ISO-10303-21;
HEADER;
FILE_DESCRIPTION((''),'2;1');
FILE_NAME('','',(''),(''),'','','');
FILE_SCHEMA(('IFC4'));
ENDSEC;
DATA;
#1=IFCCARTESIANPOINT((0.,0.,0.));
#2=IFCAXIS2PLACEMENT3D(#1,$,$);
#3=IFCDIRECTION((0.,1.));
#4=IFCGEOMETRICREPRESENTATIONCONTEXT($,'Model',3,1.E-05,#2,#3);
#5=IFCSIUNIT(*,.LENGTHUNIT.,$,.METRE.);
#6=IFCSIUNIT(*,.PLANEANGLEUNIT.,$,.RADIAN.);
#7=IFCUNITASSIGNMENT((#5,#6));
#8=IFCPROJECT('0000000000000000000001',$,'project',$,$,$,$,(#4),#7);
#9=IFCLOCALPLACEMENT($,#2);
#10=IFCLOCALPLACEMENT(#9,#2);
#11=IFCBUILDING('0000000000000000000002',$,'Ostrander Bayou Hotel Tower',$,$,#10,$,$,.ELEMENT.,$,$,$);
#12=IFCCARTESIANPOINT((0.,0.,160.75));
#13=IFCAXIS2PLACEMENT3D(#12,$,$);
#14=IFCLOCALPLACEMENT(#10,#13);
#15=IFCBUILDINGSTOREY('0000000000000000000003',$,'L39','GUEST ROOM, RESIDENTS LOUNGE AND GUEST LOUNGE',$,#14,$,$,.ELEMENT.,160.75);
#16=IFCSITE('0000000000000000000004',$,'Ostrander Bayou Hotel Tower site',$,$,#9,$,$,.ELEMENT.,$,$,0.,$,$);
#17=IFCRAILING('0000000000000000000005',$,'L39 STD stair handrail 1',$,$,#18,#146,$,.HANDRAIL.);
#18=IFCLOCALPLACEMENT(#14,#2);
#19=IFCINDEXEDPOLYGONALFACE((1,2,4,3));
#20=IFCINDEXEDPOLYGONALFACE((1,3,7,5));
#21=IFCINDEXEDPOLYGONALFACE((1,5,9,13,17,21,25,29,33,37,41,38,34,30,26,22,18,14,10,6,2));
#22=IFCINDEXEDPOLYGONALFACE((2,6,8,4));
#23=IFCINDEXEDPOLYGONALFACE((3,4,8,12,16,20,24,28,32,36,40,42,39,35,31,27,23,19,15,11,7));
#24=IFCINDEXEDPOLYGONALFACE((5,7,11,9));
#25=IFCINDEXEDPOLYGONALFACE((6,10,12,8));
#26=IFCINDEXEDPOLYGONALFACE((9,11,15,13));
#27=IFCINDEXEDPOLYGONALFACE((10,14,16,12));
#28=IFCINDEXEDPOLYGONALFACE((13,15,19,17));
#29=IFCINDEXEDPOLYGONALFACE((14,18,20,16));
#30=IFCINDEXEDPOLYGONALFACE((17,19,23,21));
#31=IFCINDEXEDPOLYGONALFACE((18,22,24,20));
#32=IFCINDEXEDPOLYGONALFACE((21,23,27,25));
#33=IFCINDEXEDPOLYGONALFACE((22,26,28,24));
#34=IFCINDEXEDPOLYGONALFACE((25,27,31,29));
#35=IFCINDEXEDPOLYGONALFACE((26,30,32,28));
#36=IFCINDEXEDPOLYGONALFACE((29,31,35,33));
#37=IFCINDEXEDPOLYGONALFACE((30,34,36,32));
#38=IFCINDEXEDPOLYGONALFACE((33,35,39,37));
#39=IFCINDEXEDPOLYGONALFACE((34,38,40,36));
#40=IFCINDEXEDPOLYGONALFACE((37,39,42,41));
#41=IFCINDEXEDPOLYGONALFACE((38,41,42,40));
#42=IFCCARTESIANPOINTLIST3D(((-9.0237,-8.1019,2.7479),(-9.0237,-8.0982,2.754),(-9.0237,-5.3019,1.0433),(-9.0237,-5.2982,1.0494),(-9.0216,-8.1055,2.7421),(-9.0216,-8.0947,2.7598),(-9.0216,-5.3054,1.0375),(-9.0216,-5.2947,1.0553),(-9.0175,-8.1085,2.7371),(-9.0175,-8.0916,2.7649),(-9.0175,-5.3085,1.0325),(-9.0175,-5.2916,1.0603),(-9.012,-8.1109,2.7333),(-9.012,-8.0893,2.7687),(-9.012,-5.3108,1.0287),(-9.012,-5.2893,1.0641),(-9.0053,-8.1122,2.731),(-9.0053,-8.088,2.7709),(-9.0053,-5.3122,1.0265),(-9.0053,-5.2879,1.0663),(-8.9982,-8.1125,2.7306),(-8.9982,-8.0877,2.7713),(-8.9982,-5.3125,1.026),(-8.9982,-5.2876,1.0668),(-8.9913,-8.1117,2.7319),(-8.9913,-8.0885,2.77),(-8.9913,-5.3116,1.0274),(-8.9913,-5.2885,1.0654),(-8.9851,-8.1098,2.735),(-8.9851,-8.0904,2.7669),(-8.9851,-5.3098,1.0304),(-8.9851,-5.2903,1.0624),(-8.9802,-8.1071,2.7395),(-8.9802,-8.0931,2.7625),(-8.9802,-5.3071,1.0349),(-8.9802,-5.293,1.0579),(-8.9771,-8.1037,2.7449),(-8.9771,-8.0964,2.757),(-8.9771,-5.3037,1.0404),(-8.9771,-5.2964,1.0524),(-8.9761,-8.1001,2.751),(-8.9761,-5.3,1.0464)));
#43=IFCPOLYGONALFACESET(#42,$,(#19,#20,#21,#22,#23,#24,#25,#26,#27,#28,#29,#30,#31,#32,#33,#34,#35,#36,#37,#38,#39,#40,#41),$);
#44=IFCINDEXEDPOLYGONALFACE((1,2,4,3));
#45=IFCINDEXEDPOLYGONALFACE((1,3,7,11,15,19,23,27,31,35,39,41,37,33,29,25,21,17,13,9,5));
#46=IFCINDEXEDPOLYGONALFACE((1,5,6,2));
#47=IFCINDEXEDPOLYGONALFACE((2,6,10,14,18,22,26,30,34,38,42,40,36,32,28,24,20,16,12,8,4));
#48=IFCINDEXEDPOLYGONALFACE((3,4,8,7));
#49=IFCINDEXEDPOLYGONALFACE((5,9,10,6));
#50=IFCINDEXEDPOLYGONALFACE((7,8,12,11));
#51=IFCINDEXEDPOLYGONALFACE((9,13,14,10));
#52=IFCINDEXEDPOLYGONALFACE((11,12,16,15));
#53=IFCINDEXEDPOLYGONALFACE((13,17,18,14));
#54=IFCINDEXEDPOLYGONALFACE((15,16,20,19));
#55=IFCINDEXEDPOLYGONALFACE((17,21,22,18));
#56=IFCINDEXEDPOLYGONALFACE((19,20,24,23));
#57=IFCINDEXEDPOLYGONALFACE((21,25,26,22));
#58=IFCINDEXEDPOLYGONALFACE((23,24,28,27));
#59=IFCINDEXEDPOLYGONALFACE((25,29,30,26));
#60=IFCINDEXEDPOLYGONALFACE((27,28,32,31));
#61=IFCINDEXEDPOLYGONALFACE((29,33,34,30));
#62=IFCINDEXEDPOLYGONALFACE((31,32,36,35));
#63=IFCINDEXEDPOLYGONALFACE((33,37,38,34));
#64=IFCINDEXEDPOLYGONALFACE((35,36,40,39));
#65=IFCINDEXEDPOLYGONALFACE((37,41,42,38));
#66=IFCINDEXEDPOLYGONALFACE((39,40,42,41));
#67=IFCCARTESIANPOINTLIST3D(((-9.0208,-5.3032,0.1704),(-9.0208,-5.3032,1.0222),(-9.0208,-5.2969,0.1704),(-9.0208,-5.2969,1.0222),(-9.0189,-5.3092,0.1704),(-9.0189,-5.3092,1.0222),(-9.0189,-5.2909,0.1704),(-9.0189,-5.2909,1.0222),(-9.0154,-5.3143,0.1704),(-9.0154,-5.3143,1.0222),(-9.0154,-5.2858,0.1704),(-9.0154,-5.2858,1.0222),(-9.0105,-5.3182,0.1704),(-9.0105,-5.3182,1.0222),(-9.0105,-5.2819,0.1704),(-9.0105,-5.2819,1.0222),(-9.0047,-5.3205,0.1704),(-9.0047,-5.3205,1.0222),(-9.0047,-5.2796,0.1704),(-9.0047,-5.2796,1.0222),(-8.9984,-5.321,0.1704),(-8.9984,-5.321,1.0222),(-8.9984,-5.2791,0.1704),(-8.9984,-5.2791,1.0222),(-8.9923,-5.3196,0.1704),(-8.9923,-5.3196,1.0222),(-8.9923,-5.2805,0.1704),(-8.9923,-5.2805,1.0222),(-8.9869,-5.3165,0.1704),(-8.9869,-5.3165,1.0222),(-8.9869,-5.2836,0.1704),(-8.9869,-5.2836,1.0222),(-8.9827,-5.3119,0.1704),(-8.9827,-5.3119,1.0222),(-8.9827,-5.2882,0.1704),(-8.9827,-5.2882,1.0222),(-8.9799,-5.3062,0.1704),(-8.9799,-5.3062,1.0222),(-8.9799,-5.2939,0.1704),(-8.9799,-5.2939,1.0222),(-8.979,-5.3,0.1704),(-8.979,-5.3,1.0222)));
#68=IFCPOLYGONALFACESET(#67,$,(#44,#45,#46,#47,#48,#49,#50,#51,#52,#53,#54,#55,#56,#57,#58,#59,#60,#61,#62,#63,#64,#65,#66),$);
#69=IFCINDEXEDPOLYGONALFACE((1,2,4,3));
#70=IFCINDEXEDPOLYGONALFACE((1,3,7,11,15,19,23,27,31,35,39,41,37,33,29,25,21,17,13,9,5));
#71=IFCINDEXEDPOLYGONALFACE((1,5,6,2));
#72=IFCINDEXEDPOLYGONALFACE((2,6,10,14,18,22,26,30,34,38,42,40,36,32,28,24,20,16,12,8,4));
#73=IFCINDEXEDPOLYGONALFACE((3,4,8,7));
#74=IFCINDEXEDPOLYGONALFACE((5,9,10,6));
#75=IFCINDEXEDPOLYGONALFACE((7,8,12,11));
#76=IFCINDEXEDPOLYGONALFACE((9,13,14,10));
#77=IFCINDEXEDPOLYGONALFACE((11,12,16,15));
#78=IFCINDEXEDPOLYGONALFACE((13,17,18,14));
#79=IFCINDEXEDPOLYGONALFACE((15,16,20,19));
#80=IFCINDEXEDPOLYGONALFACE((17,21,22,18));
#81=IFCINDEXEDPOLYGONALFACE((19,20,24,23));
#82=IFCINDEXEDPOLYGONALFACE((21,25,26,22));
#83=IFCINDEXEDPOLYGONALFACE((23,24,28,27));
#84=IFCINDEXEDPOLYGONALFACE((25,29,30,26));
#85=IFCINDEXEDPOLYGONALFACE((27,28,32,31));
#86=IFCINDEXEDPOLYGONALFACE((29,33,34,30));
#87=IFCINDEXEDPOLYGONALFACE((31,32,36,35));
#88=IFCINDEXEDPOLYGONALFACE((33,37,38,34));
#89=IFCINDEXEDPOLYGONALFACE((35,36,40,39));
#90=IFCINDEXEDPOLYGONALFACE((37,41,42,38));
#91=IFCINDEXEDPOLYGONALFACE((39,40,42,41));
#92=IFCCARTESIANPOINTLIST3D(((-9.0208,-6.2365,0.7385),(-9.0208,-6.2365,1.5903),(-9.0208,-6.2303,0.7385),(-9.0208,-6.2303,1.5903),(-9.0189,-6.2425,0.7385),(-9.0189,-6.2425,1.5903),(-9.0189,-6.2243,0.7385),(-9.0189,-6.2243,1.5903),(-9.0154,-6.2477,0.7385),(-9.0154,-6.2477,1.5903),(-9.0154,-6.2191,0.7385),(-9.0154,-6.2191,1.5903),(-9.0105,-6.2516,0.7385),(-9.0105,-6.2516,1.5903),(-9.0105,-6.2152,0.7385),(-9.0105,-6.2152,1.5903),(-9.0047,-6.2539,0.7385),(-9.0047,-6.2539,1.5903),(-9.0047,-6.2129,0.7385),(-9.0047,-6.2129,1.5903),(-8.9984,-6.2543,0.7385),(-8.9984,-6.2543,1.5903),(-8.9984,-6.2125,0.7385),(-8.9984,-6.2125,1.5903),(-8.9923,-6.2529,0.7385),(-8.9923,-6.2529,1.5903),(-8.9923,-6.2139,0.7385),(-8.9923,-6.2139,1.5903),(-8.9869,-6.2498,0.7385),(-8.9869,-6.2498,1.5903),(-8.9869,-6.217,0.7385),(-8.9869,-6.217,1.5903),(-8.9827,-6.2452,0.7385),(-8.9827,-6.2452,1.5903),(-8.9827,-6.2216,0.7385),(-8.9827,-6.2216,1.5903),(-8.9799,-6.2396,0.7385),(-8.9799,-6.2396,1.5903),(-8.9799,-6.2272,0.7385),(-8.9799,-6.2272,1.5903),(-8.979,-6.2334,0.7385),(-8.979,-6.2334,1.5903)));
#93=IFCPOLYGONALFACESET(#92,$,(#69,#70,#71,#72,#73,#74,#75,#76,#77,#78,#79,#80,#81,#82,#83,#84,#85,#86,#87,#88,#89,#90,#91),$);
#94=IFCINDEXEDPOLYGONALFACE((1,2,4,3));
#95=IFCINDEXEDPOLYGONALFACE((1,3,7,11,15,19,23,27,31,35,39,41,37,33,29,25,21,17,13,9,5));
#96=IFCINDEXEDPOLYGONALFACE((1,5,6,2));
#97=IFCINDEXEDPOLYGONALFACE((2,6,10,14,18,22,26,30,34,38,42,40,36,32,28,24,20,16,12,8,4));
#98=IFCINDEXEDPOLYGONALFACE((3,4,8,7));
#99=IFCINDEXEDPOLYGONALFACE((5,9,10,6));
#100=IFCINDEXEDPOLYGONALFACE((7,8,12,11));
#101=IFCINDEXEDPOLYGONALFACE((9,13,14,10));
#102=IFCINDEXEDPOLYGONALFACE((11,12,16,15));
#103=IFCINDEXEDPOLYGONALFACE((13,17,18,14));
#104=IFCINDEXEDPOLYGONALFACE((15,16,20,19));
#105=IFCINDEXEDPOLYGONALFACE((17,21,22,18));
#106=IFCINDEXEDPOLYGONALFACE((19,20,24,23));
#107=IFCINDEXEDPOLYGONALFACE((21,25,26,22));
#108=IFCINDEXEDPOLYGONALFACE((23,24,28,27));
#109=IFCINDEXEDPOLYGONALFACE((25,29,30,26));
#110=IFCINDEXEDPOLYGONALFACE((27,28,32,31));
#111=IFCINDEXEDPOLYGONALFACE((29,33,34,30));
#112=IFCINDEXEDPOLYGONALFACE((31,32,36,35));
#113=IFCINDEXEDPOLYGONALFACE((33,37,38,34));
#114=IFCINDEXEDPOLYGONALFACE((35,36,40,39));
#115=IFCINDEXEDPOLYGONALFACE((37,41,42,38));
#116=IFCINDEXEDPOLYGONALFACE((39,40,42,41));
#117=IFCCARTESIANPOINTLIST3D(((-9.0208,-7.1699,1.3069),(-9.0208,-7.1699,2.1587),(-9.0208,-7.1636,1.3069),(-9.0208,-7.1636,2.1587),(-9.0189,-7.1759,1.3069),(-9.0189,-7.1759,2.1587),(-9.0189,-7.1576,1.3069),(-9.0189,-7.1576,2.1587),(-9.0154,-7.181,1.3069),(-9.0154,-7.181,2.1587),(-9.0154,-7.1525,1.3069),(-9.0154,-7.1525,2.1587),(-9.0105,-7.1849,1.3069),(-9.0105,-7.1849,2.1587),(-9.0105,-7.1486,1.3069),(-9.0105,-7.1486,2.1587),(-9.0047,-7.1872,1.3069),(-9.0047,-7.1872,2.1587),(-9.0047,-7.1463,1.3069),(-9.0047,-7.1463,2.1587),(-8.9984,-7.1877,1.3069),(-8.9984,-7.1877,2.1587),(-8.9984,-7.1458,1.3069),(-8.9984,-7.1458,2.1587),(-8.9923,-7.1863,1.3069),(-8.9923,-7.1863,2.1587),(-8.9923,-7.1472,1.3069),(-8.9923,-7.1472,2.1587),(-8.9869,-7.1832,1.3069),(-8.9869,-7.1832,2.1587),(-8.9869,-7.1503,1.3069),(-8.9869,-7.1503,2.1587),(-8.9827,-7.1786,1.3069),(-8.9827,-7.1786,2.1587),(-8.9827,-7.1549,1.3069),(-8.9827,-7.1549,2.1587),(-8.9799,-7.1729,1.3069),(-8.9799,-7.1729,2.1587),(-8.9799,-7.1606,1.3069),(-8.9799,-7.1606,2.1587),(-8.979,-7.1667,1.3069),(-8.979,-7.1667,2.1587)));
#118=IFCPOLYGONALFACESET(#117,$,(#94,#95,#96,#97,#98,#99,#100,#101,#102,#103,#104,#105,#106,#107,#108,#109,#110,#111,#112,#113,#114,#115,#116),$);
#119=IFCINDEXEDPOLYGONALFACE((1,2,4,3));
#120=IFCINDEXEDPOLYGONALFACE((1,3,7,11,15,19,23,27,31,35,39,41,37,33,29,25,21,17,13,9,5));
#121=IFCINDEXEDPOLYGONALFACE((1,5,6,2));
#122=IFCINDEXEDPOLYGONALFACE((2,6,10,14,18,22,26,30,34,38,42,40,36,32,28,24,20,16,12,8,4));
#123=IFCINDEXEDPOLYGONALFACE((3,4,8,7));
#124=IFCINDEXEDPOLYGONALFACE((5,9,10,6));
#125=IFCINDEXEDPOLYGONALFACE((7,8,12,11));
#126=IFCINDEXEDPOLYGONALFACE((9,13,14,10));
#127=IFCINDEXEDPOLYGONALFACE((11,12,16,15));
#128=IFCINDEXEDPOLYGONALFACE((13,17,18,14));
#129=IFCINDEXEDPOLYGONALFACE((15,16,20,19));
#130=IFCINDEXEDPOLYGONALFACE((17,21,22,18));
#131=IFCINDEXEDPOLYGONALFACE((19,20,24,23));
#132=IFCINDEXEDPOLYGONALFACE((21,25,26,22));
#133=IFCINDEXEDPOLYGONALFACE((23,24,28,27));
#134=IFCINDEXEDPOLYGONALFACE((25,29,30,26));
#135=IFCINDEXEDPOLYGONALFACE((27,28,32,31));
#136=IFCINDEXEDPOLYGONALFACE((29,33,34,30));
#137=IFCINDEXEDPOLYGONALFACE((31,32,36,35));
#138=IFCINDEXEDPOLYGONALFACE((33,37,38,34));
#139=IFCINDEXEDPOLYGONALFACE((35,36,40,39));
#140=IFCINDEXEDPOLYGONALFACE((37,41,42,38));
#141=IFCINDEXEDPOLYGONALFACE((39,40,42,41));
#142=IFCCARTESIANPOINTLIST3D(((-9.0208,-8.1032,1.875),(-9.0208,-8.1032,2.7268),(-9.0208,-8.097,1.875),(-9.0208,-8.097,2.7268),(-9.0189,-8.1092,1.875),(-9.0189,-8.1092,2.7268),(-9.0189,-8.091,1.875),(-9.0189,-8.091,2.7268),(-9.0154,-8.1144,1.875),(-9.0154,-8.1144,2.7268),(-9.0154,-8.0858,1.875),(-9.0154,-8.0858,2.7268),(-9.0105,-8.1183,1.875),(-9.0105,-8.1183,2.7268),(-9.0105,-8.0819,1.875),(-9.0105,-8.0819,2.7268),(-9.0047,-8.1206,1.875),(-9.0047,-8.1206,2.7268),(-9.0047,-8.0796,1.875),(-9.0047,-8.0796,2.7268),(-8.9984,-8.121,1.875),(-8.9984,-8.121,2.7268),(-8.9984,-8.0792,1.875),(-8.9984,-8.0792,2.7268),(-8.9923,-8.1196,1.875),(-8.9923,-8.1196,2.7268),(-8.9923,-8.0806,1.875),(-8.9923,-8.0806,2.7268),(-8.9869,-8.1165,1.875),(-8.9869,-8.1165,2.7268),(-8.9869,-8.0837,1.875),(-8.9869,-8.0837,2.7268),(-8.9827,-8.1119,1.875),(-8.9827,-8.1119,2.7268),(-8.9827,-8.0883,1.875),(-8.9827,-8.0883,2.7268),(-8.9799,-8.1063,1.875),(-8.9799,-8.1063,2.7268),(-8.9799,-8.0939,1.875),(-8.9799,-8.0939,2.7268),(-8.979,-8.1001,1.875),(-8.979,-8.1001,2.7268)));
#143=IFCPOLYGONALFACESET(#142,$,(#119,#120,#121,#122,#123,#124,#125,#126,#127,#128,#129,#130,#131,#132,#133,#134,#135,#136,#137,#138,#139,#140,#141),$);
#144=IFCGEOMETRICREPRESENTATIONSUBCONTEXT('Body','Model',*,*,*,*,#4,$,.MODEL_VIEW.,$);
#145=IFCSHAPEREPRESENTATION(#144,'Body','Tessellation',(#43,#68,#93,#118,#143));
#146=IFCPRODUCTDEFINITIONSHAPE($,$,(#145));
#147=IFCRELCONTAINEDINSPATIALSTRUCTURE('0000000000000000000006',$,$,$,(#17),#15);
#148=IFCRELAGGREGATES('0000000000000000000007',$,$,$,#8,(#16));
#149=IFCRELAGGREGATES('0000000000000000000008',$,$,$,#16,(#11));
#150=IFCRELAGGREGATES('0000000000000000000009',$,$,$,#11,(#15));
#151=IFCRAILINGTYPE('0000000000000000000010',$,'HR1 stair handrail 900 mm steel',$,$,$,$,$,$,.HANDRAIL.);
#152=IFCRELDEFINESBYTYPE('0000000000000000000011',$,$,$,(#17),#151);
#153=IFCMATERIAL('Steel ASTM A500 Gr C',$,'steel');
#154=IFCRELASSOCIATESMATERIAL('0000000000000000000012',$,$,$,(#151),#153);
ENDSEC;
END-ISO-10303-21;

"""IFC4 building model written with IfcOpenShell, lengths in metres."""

from ifc_helpers import new_model, si_unit, direction, frame, origin, origin_2d, place, context, subcontext, project, spatial, circle, extrude, material, type_object, element, save


model = new_model("IFC4")

# Units and contexts
model_context = context("Model", 3, precision=1e-05, world=origin(), true_north=direction((0.0, 1.0)))
body_context = subcontext(model_context, "Body", "Model", "MODEL_VIEW")
ifc_project = project(units=[si_unit("LENGTHUNIT", "METRE"), si_unit("PLANEANGLEUNIT", "RADIAN")], contexts=[model_context])

# Site, building, storey
site_placement = place(None, origin())
site = spatial("IfcSite", under=ifc_project, at=site_placement, Name="Ostrander Bayou Hotel Tower site", CompositionType="ELEMENT", RefElevation=0.0)
building_placement = place(site_placement, origin())
building = spatial("IfcBuilding", under=site, at=building_placement, Name="Ostrander Bayou Hotel Tower", CompositionType="ELEMENT")
storey_placement = place(building_placement, frame((0.0, 0.0, 160.75)))
storey = spatial("IfcBuildingStorey", under=building, at=storey_placement, Name="L39", Description="GUEST ROOM, RESIDENTS LOUNGE AND GUEST LOUNGE", CompositionType="ELEMENT", Elevation=160.75)

# Railing
ifc_material_1 = material(Name="Steel ASTM A500 Gr C", Category="steel")
railing_type = type_object("IfcRailingType", Name="HR1 stair handrail 900 mm steel", PredefinedType="HANDRAIL", material=ifc_material_1)
railing_placement = place(storey_placement, frame((-9.0, -5.3, 0.1704)))
element("IfcRailing", 1, at=railing_placement, inside=storey, type_object=railing_type, Name="L39 STD stair handrail 1", PredefinedType="HANDRAIL", context=body_context, shape_type="SweptSolid", body=[
    extrude(circle(Radius=0.0239, at=origin_2d()), frame((0.0, 0.0, 0.876), z_axis=(0.0, -0.85417, 0.519994), x_axis=(1.0, 0.0, 0.0)), (0.0, 0.0, 1.0), 3.2781),
    extrude(circle(Radius=0.021, at=origin_2d()), origin(), (0.0, 0.0, 1.0), 0.8518),
    extrude(circle(Radius=0.021, at=origin_2d()), frame((0.0, -0.9333, 0.5681)), (0.0, 0.0, 1.0), 0.8518),
    extrude(circle(Radius=0.021, at=origin_2d()), frame((0.0, -1.8667, 1.1365)), (0.0, 0.0, 1.0), 0.8518),
    extrude(circle(Radius=0.021, at=origin_2d()), frame((0.0, -2.8, 1.7046)), (0.0, 0.0, 1.0), 0.8518),
])

save(model, "model.ifc")
